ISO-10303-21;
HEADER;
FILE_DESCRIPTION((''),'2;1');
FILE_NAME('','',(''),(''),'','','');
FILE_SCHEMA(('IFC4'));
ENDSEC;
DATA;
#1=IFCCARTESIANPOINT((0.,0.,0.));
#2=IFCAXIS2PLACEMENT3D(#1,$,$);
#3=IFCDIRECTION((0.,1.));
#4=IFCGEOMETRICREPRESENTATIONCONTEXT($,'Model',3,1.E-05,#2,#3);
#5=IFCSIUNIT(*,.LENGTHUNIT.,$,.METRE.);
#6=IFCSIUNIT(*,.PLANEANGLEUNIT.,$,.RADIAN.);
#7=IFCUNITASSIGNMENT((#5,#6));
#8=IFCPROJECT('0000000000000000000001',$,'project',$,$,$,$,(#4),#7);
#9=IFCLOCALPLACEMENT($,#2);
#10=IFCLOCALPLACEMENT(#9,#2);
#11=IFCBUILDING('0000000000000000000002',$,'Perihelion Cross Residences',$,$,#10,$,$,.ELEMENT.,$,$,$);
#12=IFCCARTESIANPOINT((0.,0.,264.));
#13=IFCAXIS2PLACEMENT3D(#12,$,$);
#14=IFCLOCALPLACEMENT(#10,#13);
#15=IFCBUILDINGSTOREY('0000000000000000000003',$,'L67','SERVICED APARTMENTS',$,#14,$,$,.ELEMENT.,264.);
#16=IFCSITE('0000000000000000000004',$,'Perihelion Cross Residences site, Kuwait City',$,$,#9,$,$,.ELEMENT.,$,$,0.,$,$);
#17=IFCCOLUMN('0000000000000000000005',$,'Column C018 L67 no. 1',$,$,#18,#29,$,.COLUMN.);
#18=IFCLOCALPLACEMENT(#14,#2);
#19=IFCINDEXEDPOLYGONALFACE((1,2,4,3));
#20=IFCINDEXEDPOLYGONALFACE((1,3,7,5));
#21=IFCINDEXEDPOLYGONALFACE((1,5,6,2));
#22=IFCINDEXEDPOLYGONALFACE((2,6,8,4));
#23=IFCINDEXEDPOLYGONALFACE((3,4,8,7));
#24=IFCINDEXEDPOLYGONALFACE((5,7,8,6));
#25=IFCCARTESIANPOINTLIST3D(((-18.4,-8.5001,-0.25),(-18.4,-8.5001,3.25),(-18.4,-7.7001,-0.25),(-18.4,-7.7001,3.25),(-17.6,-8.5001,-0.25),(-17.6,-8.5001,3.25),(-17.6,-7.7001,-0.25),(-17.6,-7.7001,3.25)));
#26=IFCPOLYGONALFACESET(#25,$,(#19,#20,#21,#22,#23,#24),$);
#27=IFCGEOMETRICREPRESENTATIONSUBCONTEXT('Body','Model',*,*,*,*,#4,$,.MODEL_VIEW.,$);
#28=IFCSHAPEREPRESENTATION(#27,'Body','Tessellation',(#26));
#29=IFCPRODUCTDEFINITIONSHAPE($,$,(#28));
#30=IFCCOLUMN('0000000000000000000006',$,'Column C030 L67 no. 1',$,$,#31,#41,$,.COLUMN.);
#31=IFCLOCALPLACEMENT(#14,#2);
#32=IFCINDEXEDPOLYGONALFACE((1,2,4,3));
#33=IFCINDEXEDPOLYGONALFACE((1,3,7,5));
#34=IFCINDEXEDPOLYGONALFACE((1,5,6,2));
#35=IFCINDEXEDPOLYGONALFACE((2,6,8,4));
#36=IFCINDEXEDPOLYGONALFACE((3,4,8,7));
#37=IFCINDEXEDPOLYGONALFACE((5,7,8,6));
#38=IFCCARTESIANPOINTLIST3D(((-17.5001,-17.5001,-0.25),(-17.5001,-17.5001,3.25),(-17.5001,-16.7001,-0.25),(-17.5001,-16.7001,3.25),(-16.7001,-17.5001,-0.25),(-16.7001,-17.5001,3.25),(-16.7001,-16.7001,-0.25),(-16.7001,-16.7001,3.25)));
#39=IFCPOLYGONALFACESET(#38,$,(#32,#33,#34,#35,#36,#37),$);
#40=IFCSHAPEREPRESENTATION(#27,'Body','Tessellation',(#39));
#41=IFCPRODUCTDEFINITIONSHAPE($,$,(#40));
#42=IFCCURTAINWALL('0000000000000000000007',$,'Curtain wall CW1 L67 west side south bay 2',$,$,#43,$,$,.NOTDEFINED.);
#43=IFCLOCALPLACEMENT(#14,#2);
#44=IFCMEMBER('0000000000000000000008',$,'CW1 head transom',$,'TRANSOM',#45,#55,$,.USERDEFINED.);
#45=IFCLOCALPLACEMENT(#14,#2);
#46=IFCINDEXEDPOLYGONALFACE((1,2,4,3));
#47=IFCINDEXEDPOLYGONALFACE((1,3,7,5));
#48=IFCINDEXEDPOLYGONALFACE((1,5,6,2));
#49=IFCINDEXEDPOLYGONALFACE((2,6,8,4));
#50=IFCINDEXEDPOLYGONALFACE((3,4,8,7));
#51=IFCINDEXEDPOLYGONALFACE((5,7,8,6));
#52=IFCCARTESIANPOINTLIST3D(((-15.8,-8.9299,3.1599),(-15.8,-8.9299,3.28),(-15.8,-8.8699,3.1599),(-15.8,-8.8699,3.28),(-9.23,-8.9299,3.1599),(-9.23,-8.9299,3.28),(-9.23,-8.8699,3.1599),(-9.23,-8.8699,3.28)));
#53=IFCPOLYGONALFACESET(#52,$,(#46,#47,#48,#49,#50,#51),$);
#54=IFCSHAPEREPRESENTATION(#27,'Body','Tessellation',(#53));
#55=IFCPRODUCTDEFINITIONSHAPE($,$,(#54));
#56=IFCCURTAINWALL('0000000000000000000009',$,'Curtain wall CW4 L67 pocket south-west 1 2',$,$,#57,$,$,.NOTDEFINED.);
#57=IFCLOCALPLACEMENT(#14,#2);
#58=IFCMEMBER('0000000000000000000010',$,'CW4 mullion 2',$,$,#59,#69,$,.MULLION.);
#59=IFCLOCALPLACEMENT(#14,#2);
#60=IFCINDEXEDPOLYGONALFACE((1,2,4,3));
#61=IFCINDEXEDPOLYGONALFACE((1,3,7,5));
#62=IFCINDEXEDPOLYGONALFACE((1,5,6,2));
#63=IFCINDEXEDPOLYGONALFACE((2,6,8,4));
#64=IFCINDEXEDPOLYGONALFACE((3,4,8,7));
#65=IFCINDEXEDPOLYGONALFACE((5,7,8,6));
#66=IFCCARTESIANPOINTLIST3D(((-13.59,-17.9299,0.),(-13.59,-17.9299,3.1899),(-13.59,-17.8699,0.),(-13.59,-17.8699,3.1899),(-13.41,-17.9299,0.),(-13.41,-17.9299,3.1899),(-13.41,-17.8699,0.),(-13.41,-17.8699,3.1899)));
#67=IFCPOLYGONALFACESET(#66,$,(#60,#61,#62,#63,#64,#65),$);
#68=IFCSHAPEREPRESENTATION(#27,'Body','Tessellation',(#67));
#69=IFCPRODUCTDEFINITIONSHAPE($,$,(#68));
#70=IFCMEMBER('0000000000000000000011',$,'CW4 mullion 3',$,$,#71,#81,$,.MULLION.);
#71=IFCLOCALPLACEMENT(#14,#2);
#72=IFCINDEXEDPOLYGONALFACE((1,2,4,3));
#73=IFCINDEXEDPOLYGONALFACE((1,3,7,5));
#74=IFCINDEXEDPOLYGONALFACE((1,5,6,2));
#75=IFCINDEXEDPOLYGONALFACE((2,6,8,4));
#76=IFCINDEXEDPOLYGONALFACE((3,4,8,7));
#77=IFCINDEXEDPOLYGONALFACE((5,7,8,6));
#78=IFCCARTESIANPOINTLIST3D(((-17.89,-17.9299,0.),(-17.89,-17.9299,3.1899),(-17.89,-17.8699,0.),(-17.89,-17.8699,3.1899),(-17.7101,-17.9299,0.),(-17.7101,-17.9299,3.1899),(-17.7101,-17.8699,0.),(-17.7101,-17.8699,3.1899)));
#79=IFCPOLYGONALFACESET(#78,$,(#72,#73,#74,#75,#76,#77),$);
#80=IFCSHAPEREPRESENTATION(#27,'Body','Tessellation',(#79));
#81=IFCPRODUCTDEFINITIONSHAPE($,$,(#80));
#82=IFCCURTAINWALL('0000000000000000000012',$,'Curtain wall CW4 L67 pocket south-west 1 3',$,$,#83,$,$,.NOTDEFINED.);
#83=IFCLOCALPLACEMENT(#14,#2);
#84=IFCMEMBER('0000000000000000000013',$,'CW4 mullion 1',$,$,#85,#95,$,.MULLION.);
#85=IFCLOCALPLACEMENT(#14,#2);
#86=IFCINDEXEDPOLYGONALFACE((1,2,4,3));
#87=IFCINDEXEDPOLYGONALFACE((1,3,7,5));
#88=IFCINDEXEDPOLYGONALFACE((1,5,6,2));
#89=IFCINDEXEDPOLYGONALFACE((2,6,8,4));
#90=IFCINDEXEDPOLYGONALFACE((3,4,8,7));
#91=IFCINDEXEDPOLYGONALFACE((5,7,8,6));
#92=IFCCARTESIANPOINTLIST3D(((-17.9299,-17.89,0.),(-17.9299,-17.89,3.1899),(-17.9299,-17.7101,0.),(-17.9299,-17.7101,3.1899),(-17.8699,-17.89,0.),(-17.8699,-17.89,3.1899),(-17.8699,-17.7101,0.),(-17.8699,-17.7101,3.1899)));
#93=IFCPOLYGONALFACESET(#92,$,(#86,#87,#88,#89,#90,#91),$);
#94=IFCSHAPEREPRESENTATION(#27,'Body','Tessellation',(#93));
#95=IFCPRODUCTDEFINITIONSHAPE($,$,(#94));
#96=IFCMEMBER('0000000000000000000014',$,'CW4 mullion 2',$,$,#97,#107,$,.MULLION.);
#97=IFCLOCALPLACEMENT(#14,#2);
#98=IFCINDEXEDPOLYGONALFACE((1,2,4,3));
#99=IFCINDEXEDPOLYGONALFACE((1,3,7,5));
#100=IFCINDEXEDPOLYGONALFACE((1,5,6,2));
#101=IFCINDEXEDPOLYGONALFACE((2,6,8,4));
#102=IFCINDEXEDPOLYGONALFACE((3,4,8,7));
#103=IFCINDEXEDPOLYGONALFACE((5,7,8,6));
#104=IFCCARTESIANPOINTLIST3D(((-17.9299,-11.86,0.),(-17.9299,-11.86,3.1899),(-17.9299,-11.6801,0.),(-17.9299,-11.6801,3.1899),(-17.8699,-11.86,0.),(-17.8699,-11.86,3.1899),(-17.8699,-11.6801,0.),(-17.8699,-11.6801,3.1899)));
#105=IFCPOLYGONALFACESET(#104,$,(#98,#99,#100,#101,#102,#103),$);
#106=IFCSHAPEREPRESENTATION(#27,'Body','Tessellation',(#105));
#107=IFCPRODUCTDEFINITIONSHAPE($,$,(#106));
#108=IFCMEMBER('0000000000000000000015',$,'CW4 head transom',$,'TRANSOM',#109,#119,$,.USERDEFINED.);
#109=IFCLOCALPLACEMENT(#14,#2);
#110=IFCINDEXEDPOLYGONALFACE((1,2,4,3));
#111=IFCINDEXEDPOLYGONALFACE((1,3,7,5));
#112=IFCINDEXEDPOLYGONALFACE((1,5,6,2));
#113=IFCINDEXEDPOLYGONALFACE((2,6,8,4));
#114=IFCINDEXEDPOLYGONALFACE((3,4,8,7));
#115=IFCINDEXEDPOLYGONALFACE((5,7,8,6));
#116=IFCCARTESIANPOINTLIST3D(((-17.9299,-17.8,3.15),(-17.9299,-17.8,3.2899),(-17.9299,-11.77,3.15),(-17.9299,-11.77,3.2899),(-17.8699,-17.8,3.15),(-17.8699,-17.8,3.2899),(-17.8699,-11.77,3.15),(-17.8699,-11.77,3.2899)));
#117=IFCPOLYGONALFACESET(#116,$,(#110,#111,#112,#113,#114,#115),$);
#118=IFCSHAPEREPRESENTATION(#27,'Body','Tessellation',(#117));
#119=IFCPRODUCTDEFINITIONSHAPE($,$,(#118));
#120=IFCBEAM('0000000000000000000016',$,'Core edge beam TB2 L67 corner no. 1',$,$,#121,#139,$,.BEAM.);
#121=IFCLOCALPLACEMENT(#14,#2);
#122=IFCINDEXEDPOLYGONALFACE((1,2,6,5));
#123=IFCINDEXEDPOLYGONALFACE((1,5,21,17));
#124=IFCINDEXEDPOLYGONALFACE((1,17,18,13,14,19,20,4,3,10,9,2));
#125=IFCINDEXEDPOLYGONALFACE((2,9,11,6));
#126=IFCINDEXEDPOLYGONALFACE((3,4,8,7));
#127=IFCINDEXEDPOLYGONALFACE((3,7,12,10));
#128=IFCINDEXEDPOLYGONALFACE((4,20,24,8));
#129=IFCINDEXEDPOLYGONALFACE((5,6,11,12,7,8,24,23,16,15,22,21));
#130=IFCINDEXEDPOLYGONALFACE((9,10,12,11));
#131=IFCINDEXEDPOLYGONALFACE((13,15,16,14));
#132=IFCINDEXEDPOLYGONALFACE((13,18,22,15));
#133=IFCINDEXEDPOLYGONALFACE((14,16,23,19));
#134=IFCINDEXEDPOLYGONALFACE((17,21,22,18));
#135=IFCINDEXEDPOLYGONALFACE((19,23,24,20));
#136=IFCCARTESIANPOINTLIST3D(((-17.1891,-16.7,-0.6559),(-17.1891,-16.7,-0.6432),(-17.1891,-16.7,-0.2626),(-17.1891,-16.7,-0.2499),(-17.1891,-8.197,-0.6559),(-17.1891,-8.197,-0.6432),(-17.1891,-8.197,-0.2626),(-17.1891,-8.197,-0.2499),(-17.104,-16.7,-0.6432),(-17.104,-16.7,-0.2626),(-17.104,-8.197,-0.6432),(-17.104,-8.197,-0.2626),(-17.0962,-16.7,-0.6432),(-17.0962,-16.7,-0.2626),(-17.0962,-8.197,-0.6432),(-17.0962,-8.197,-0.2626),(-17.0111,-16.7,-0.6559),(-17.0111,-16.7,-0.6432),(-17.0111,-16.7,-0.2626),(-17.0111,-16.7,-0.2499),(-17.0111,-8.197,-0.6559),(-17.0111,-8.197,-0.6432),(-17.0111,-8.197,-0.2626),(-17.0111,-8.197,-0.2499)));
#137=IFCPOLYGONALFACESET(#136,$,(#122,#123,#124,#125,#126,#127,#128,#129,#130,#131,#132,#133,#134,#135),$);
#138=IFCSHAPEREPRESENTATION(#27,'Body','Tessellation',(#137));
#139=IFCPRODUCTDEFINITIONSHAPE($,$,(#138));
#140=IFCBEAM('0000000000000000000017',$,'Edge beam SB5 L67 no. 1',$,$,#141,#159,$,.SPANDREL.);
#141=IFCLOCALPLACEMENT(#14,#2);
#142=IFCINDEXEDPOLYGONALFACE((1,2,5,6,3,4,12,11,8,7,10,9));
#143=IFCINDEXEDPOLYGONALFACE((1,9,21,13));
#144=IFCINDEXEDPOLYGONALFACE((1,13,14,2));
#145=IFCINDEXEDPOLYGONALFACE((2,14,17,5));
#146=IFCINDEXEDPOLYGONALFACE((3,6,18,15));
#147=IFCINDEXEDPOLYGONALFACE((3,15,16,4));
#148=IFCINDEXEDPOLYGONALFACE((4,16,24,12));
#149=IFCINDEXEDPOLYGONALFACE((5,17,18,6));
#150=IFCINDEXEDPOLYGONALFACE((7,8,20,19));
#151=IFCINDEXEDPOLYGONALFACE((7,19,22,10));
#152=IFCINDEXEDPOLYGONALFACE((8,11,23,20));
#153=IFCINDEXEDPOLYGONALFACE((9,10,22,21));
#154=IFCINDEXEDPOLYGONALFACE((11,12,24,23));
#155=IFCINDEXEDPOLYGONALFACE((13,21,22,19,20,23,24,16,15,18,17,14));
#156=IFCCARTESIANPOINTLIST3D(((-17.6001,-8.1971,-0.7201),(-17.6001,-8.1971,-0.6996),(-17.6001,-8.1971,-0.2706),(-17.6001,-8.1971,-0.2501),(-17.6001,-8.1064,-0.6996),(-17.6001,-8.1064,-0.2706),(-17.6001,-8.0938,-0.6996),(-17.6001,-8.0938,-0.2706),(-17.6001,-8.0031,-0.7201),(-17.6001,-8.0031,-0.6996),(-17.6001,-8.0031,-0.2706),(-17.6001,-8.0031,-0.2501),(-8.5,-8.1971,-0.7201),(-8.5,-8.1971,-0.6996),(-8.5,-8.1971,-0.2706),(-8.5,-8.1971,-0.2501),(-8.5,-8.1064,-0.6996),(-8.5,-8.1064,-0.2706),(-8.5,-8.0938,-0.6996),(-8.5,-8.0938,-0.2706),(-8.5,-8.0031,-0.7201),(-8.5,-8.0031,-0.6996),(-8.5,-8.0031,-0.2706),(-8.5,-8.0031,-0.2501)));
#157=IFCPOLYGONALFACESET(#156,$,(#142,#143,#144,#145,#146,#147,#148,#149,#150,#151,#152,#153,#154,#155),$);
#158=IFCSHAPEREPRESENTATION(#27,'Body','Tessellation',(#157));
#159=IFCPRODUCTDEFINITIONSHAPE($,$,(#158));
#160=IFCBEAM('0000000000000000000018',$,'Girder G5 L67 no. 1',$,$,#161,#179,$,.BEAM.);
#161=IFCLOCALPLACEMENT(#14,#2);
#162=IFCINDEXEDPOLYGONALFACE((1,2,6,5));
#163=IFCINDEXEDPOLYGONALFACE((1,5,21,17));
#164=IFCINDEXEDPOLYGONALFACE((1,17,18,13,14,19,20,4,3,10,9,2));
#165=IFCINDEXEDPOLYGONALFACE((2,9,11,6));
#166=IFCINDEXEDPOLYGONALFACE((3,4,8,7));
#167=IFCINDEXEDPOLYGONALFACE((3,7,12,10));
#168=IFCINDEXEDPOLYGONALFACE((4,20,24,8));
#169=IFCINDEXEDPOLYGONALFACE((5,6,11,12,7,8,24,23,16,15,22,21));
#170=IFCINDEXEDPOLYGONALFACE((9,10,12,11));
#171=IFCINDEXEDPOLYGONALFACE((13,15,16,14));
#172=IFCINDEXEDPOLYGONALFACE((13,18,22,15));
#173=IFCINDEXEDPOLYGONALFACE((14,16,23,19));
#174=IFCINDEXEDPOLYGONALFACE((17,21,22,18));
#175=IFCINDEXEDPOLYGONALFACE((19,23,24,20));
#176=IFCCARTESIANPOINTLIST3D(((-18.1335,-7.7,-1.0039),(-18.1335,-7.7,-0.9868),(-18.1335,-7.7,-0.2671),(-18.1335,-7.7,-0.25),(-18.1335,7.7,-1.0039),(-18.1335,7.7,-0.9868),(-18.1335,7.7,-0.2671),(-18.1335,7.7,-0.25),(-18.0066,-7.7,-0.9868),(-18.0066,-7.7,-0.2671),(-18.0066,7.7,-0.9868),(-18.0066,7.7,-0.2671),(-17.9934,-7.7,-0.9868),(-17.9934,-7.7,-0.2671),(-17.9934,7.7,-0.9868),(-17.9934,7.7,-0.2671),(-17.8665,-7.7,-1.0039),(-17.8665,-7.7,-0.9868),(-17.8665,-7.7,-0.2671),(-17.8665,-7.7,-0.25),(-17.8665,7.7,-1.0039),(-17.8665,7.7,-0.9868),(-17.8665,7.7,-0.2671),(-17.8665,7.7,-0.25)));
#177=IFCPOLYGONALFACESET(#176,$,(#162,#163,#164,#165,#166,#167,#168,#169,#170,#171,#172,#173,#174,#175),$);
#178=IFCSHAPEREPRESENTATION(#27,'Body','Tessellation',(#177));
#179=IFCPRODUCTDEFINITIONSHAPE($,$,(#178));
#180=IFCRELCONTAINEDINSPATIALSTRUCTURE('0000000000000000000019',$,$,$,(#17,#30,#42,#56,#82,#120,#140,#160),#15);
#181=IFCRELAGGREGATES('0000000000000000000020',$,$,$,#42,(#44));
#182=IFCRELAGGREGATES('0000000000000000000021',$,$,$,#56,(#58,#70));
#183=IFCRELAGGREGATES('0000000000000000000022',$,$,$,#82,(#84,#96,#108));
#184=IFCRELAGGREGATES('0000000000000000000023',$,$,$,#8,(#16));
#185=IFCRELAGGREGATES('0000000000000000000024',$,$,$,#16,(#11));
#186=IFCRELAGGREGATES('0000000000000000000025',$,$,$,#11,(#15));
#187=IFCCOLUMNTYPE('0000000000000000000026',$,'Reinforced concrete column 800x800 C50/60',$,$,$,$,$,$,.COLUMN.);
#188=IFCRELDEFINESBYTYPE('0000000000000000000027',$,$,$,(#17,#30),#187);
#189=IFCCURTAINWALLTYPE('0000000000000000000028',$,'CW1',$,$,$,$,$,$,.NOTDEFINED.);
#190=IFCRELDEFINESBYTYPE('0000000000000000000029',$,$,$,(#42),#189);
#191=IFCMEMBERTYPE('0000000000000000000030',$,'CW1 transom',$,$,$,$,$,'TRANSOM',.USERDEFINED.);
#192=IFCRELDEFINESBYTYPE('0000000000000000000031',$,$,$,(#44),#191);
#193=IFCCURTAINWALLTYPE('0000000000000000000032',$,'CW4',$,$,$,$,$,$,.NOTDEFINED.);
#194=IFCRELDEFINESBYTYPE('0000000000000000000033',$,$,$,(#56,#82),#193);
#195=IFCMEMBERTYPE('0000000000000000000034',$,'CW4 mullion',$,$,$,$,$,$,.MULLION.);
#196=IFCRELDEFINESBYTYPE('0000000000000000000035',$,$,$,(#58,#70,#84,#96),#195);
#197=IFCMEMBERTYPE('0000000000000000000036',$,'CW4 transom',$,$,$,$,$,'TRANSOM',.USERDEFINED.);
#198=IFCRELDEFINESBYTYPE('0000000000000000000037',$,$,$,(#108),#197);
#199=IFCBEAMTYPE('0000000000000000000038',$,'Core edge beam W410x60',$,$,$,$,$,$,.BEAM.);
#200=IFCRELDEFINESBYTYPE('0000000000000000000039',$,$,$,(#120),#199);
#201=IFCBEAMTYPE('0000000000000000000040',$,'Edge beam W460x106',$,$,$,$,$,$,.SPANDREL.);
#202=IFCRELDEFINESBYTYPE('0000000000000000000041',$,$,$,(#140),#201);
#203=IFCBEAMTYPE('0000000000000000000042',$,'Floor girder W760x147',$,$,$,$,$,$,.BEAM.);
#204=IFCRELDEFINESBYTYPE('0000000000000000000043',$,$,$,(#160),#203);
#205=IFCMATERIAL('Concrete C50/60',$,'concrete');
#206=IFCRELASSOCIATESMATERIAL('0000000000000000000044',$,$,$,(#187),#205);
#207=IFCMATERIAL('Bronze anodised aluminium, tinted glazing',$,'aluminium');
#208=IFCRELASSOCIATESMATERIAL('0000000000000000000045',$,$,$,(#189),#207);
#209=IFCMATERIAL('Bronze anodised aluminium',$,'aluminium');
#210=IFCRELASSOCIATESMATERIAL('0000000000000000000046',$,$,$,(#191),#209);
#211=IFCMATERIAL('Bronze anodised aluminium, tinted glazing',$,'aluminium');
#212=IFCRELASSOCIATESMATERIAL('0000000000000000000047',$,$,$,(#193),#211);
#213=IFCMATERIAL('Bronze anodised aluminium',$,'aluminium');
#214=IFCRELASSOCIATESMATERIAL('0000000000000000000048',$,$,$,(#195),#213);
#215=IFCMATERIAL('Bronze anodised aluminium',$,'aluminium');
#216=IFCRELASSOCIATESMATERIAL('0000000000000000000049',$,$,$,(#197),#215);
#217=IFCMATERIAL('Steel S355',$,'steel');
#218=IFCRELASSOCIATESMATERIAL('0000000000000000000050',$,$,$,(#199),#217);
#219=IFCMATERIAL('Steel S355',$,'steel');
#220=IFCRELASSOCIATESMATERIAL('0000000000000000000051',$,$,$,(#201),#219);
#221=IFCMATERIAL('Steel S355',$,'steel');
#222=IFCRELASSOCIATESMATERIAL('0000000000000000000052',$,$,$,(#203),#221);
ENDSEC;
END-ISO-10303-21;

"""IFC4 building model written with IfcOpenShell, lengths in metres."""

from ifc_helpers import new_model, si_unit, direction, frame, origin, origin_2d, place, context, subcontext, project, spatial, rectangle, i_section, extrude, material, material_profile, profile_set, type_object, element, aggregate, save


model = new_model("IFC4")

# Units and contexts
model_context = context("Model", 3, precision=1e-05, world=origin(), true_north=direction((0.0, 1.0)))
body_context = subcontext(model_context, "Body", "Model", "MODEL_VIEW")
ifc_project = project(units=[si_unit("LENGTHUNIT", "METRE"), si_unit("PLANEANGLEUNIT", "RADIAN")], contexts=[model_context])

# Site, building, storey
site_placement = place(None, origin())
site = spatial("IfcSite", under=ifc_project, at=site_placement, Name="Perihelion Cross Residences site, Kuwait City", CompositionType="ELEMENT", RefElevation=0.0)
building_placement = place(site_placement, origin())
building = spatial("IfcBuilding", under=site, at=building_placement, Name="Perihelion Cross Residences", CompositionType="ELEMENT")
storey_placement = place(building_placement, frame((0.0, 0.0, 264.0)))
storey = spatial("IfcBuildingStorey", under=building, at=storey_placement, Name="L67", Description="SERVICED APARTMENTS", CompositionType="ELEMENT", Elevation=264.0)

# Columns
ifc_material_1 = material(Name="Concrete C50/60", Category="concrete")
ifc_material_profile_1 = material_profile(ifc_material_1, rectangle(XDim=0.8, YDim=0.8, at=origin_2d()), Name="RC 800x800")
ifc_profile_set_1 = profile_set([ifc_material_profile_1], Name="Concrete C50/60")
column_type = type_object("IfcColumnType", Name="Reinforced concrete column 800x800 C50/60", PredefinedType="COLUMN", material=ifc_profile_set_1)
for number, where, z_axis, x_axis, name in (
    (1, (-18.0, -8.1001, -0.25), (0.0, 0.0, 1.0), (1.0, 0.0, 0.0), "Column C018 L67 no. 1"),
    (2, (-17.1001, -17.1001, -0.25), (0.0, 0.0, 1.0), (1.0, 0.0, 0.0), "Column C030 L67 no. 1"),
):
    element("IfcColumn", number, at=place(storey_placement, frame(where, z_axis=z_axis, x_axis=x_axis)), inside=storey, type_object=column_type, Name=name, PredefinedType="COLUMN", context=body_context, shape_type="SweptSolid", body=[
        extrude(rectangle(XDim=0.8, YDim=0.8, at=origin_2d()), origin(), (0.0, 0.0, 1.0), 3.5),
    ])

# Curtain wall, member
ifc_material_2 = material(Name="Bronze anodised aluminium, tinted glazing", Category="aluminium")
curtain_wall_type_1 = type_object("IfcCurtainWallType", Name="CW1", PredefinedType="NOTDEFINED", material=ifc_material_2)
curtain_wall_1_placement = place(storey_placement, origin())
curtain_wall_1 = element("IfcCurtainWall", 3, at=curtain_wall_1_placement, inside=storey, type_object=curtain_wall_type_1, Name="Curtain wall CW1 L67 west side south bay 2", PredefinedType="NOTDEFINED")
ifc_material_3 = material(Name="Bronze anodised aluminium", Category="aluminium")
ifc_material_profile_2 = material_profile(ifc_material_3, rectangle(XDim=0.0601, YDim=0.1201, at=origin_2d()), Name="CW1 transom")
ifc_profile_set_2 = profile_set([ifc_material_profile_2], Name="Bronze anodised aluminium")
member_type_1 = type_object("IfcMemberType", Name="CW1 transom", ElementType="TRANSOM", PredefinedType="USERDEFINED", material=ifc_profile_set_2)
member_1_placement = place(storey_placement, frame((-15.8, -8.8999, 3.22), z_axis=(1.0, 0.0, 0.0), x_axis=(0.0, 1.0, 0.0)))
member_1 = element("IfcMember", 4, at=member_1_placement, type_object=member_type_1, Name="CW1 head transom", ObjectType="TRANSOM", PredefinedType="USERDEFINED", context=body_context, shape_type="SweptSolid", body=[
    extrude(rectangle(XDim=0.0601, YDim=0.1201, at=origin_2d()), origin(), (0.0, 0.0, 1.0), 6.5701),
])

# Curtain walls, members
ifc_material_4 = material(Name="Bronze anodised aluminium, tinted glazing", Category="aluminium")
curtain_wall_type_2 = type_object("IfcCurtainWallType", Name="CW4", PredefinedType="NOTDEFINED", material=ifc_material_4)
curtain_wall_2_placement = place(storey_placement, origin())
curtain_wall_2 = element("IfcCurtainWall", 5, at=curtain_wall_2_placement, inside=storey, type_object=curtain_wall_type_2, Name="Curtain wall CW4 L67 pocket south-west 1 2", PredefinedType="NOTDEFINED")
ifc_material_5 = material(Name="Bronze anodised aluminium", Category="aluminium")
ifc_material_profile_3 = material_profile(ifc_material_5, rectangle(XDim=0.0601, YDim=0.1799, at=origin_2d()), Name="CW4 mullion")
ifc_profile_set_3 = profile_set([ifc_material_profile_3], Name="Bronze anodised aluminium")
member_type_2 = type_object("IfcMemberType", Name="CW4 mullion", PredefinedType="MULLION", material=ifc_profile_set_3)
member_2_placement = place(storey_placement, frame((-13.5, -17.8999, 0.0), z_axis=(0.0, 0.0, 1.0), x_axis=(0.0, -1.0, 0.0)))
member_2 = element("IfcMember", 6, at=member_2_placement, type_object=member_type_2, Name="CW4 mullion 2", PredefinedType="MULLION", context=body_context, shape_type="SweptSolid", body=[
    extrude(rectangle(XDim=0.0601, YDim=0.1799, at=origin_2d()), origin(), (0.0, 0.0, 1.0), 3.1899),
])
member_3_placement = place(storey_placement, frame((-17.8, -17.8999, 0.0), z_axis=(0.0, 0.0, 1.0), x_axis=(0.0, -1.0, 0.0)))
member_3 = element("IfcMember", 7, at=member_3_placement, type_object=member_type_2, Name="CW4 mullion 3", PredefinedType="MULLION", context=body_context, shape_type="SweptSolid", body=[
    extrude(rectangle(XDim=0.0601, YDim=0.1799, at=origin_2d()), origin(), (0.0, 0.0, 1.0), 3.1899),
])
curtain_wall_3_placement = place(storey_placement, origin())
curtain_wall_3 = element("IfcCurtainWall", 8, at=curtain_wall_3_placement, inside=storey, type_object=curtain_wall_type_2, Name="Curtain wall CW4 L67 pocket south-west 1 3", PredefinedType="NOTDEFINED")
member_4_placement = place(storey_placement, frame((-17.8999, -17.8, 0.0), z_axis=(0.0, 0.0, 1.0), x_axis=(-1.0, 0.0, 0.0)))
member_4 = element("IfcMember", 9, at=member_4_placement, type_object=member_type_2, Name="CW4 mullion 1", PredefinedType="MULLION", context=body_context, shape_type="SweptSolid", body=[
    extrude(rectangle(XDim=0.0601, YDim=0.1799, at=origin_2d()), origin(), (0.0, 0.0, 1.0), 3.1899),
])
member_5_placement = place(storey_placement, frame((-17.8999, -11.77, 0.0), z_axis=(0.0, 0.0, 1.0), x_axis=(-1.0, 0.0, 0.0)))
member_5 = element("IfcMember", 10, at=member_5_placement, type_object=member_type_2, Name="CW4 mullion 2", PredefinedType="MULLION", context=body_context, shape_type="SweptSolid", body=[
    extrude(rectangle(XDim=0.0601, YDim=0.1799, at=origin_2d()), origin(), (0.0, 0.0, 1.0), 3.1899),
])
ifc_material_6 = material(Name="Bronze anodised aluminium", Category="aluminium")
ifc_material_profile_4 = material_profile(ifc_material_6, rectangle(XDim=0.0601, YDim=0.1399, at=origin_2d()), Name="CW4 transom")
ifc_profile_set_4 = profile_set([ifc_material_profile_4], Name="Bronze anodised aluminium")
member_type_3 = type_object("IfcMemberType", Name="CW4 transom", ElementType="TRANSOM", PredefinedType="USERDEFINED", material=ifc_profile_set_4)
member_6_placement = place(storey_placement, frame((-17.8999, -17.8, 3.22), z_axis=(0.0, 1.0, 0.0), x_axis=(-1.0, 0.0, 0.0)))
member_6 = element("IfcMember", 11, at=member_6_placement, type_object=member_type_3, Name="CW4 head transom", ObjectType="TRANSOM", PredefinedType="USERDEFINED", context=body_context, shape_type="SweptSolid", body=[
    extrude(rectangle(XDim=0.0601, YDim=0.1399, at=origin_2d()), origin(), (0.0, 0.0, 1.0), 6.03),
])

# Beams
ifc_material_7 = material(Name="Steel S355", Category="steel")
ifc_material_profile_5 = material_profile(ifc_material_7, i_section(OverallWidth=0.178, OverallDepth=0.406, WebThickness=0.0078, FlangeThickness=0.0127, at=origin_2d()), Name="W410x60")
ifc_profile_set_5 = profile_set([ifc_material_profile_5], Name="Steel S355")
beam_type_1 = type_object("IfcBeamType", Name="Core edge beam W410x60", PredefinedType="BEAM", material=ifc_profile_set_5)
beam_1_placement = place(storey_placement, frame((-17.1001, -8.197, -0.4529), z_axis=(0.0, -1.0, 0.0), x_axis=(1.0, 0.0, 0.0)))
element("IfcBeam", 12, at=beam_1_placement, inside=storey, type_object=beam_type_1, Name="Core edge beam TB2 L67 corner no. 1", PredefinedType="BEAM", context=body_context, shape_type="SweptSolid", body=[
    extrude(i_section(OverallWidth=0.178, OverallDepth=0.406, WebThickness=0.0078, FlangeThickness=0.0127, at=origin_2d()), origin(), (0.0, 0.0, 1.0), 8.5029),
])
ifc_material_8 = material(Name="Steel S355", Category="steel")
ifc_material_profile_6 = material_profile(ifc_material_8, i_section(OverallWidth=0.1941, OverallDepth=0.47, WebThickness=0.0127, FlangeThickness=0.0205, at=origin_2d()), Name="W460x106")
ifc_profile_set_6 = profile_set([ifc_material_profile_6], Name="Steel S355")
beam_type_2 = type_object("IfcBeamType", Name="Edge beam W460x106", PredefinedType="SPANDREL", material=ifc_profile_set_6)
beam_2_placement = place(storey_placement, frame((-17.6001, -8.1001, -0.4851), z_axis=(1.0, 0.0, 0.0), x_axis=(0.0, 1.0, 0.0)))
element("IfcBeam", 13, at=beam_2_placement, inside=storey, type_object=beam_type_2, Name="Edge beam SB5 L67 no. 1", PredefinedType="SPANDREL", context=body_context, shape_type="SweptSolid", body=[
    extrude(i_section(OverallWidth=0.1941, OverallDepth=0.47, WebThickness=0.0127, FlangeThickness=0.0205, at=origin_2d()), origin(), (0.0, 0.0, 1.0), 9.1001),
])
ifc_material_9 = material(Name="Steel S355", Category="steel")
ifc_material_profile_7 = material_profile(ifc_material_9, i_section(OverallWidth=0.2671, OverallDepth=0.7539, WebThickness=0.0132, FlangeThickness=0.0171, at=origin_2d()), Name="W760x147")
ifc_profile_set_7 = profile_set([ifc_material_profile_7], Name="Steel S355")
beam_type_3 = type_object("IfcBeamType", Name="Floor girder W760x147", PredefinedType="BEAM", material=ifc_profile_set_7)
beam_3_placement = place(storey_placement, frame((-18.0, -7.7, -0.627), z_axis=(0.0, 1.0, 0.0), x_axis=(-1.0, 0.0, 0.0)))
element("IfcBeam", 14, at=beam_3_placement, inside=storey, type_object=beam_type_3, Name="Girder G5 L67 no. 1", PredefinedType="BEAM", context=body_context, shape_type="SweptSolid", body=[
    extrude(i_section(OverallWidth=0.2671, OverallDepth=0.7539, WebThickness=0.0132, FlangeThickness=0.0171, at=origin_2d()), origin(), (0.0, 0.0, 1.0), 15.3999),
])

aggregate(curtain_wall_1, [member_1])
aggregate(curtain_wall_2, [member_2, member_3])
aggregate(curtain_wall_3, [member_4, member_5, member_6])

save(model, "model.ifc")
